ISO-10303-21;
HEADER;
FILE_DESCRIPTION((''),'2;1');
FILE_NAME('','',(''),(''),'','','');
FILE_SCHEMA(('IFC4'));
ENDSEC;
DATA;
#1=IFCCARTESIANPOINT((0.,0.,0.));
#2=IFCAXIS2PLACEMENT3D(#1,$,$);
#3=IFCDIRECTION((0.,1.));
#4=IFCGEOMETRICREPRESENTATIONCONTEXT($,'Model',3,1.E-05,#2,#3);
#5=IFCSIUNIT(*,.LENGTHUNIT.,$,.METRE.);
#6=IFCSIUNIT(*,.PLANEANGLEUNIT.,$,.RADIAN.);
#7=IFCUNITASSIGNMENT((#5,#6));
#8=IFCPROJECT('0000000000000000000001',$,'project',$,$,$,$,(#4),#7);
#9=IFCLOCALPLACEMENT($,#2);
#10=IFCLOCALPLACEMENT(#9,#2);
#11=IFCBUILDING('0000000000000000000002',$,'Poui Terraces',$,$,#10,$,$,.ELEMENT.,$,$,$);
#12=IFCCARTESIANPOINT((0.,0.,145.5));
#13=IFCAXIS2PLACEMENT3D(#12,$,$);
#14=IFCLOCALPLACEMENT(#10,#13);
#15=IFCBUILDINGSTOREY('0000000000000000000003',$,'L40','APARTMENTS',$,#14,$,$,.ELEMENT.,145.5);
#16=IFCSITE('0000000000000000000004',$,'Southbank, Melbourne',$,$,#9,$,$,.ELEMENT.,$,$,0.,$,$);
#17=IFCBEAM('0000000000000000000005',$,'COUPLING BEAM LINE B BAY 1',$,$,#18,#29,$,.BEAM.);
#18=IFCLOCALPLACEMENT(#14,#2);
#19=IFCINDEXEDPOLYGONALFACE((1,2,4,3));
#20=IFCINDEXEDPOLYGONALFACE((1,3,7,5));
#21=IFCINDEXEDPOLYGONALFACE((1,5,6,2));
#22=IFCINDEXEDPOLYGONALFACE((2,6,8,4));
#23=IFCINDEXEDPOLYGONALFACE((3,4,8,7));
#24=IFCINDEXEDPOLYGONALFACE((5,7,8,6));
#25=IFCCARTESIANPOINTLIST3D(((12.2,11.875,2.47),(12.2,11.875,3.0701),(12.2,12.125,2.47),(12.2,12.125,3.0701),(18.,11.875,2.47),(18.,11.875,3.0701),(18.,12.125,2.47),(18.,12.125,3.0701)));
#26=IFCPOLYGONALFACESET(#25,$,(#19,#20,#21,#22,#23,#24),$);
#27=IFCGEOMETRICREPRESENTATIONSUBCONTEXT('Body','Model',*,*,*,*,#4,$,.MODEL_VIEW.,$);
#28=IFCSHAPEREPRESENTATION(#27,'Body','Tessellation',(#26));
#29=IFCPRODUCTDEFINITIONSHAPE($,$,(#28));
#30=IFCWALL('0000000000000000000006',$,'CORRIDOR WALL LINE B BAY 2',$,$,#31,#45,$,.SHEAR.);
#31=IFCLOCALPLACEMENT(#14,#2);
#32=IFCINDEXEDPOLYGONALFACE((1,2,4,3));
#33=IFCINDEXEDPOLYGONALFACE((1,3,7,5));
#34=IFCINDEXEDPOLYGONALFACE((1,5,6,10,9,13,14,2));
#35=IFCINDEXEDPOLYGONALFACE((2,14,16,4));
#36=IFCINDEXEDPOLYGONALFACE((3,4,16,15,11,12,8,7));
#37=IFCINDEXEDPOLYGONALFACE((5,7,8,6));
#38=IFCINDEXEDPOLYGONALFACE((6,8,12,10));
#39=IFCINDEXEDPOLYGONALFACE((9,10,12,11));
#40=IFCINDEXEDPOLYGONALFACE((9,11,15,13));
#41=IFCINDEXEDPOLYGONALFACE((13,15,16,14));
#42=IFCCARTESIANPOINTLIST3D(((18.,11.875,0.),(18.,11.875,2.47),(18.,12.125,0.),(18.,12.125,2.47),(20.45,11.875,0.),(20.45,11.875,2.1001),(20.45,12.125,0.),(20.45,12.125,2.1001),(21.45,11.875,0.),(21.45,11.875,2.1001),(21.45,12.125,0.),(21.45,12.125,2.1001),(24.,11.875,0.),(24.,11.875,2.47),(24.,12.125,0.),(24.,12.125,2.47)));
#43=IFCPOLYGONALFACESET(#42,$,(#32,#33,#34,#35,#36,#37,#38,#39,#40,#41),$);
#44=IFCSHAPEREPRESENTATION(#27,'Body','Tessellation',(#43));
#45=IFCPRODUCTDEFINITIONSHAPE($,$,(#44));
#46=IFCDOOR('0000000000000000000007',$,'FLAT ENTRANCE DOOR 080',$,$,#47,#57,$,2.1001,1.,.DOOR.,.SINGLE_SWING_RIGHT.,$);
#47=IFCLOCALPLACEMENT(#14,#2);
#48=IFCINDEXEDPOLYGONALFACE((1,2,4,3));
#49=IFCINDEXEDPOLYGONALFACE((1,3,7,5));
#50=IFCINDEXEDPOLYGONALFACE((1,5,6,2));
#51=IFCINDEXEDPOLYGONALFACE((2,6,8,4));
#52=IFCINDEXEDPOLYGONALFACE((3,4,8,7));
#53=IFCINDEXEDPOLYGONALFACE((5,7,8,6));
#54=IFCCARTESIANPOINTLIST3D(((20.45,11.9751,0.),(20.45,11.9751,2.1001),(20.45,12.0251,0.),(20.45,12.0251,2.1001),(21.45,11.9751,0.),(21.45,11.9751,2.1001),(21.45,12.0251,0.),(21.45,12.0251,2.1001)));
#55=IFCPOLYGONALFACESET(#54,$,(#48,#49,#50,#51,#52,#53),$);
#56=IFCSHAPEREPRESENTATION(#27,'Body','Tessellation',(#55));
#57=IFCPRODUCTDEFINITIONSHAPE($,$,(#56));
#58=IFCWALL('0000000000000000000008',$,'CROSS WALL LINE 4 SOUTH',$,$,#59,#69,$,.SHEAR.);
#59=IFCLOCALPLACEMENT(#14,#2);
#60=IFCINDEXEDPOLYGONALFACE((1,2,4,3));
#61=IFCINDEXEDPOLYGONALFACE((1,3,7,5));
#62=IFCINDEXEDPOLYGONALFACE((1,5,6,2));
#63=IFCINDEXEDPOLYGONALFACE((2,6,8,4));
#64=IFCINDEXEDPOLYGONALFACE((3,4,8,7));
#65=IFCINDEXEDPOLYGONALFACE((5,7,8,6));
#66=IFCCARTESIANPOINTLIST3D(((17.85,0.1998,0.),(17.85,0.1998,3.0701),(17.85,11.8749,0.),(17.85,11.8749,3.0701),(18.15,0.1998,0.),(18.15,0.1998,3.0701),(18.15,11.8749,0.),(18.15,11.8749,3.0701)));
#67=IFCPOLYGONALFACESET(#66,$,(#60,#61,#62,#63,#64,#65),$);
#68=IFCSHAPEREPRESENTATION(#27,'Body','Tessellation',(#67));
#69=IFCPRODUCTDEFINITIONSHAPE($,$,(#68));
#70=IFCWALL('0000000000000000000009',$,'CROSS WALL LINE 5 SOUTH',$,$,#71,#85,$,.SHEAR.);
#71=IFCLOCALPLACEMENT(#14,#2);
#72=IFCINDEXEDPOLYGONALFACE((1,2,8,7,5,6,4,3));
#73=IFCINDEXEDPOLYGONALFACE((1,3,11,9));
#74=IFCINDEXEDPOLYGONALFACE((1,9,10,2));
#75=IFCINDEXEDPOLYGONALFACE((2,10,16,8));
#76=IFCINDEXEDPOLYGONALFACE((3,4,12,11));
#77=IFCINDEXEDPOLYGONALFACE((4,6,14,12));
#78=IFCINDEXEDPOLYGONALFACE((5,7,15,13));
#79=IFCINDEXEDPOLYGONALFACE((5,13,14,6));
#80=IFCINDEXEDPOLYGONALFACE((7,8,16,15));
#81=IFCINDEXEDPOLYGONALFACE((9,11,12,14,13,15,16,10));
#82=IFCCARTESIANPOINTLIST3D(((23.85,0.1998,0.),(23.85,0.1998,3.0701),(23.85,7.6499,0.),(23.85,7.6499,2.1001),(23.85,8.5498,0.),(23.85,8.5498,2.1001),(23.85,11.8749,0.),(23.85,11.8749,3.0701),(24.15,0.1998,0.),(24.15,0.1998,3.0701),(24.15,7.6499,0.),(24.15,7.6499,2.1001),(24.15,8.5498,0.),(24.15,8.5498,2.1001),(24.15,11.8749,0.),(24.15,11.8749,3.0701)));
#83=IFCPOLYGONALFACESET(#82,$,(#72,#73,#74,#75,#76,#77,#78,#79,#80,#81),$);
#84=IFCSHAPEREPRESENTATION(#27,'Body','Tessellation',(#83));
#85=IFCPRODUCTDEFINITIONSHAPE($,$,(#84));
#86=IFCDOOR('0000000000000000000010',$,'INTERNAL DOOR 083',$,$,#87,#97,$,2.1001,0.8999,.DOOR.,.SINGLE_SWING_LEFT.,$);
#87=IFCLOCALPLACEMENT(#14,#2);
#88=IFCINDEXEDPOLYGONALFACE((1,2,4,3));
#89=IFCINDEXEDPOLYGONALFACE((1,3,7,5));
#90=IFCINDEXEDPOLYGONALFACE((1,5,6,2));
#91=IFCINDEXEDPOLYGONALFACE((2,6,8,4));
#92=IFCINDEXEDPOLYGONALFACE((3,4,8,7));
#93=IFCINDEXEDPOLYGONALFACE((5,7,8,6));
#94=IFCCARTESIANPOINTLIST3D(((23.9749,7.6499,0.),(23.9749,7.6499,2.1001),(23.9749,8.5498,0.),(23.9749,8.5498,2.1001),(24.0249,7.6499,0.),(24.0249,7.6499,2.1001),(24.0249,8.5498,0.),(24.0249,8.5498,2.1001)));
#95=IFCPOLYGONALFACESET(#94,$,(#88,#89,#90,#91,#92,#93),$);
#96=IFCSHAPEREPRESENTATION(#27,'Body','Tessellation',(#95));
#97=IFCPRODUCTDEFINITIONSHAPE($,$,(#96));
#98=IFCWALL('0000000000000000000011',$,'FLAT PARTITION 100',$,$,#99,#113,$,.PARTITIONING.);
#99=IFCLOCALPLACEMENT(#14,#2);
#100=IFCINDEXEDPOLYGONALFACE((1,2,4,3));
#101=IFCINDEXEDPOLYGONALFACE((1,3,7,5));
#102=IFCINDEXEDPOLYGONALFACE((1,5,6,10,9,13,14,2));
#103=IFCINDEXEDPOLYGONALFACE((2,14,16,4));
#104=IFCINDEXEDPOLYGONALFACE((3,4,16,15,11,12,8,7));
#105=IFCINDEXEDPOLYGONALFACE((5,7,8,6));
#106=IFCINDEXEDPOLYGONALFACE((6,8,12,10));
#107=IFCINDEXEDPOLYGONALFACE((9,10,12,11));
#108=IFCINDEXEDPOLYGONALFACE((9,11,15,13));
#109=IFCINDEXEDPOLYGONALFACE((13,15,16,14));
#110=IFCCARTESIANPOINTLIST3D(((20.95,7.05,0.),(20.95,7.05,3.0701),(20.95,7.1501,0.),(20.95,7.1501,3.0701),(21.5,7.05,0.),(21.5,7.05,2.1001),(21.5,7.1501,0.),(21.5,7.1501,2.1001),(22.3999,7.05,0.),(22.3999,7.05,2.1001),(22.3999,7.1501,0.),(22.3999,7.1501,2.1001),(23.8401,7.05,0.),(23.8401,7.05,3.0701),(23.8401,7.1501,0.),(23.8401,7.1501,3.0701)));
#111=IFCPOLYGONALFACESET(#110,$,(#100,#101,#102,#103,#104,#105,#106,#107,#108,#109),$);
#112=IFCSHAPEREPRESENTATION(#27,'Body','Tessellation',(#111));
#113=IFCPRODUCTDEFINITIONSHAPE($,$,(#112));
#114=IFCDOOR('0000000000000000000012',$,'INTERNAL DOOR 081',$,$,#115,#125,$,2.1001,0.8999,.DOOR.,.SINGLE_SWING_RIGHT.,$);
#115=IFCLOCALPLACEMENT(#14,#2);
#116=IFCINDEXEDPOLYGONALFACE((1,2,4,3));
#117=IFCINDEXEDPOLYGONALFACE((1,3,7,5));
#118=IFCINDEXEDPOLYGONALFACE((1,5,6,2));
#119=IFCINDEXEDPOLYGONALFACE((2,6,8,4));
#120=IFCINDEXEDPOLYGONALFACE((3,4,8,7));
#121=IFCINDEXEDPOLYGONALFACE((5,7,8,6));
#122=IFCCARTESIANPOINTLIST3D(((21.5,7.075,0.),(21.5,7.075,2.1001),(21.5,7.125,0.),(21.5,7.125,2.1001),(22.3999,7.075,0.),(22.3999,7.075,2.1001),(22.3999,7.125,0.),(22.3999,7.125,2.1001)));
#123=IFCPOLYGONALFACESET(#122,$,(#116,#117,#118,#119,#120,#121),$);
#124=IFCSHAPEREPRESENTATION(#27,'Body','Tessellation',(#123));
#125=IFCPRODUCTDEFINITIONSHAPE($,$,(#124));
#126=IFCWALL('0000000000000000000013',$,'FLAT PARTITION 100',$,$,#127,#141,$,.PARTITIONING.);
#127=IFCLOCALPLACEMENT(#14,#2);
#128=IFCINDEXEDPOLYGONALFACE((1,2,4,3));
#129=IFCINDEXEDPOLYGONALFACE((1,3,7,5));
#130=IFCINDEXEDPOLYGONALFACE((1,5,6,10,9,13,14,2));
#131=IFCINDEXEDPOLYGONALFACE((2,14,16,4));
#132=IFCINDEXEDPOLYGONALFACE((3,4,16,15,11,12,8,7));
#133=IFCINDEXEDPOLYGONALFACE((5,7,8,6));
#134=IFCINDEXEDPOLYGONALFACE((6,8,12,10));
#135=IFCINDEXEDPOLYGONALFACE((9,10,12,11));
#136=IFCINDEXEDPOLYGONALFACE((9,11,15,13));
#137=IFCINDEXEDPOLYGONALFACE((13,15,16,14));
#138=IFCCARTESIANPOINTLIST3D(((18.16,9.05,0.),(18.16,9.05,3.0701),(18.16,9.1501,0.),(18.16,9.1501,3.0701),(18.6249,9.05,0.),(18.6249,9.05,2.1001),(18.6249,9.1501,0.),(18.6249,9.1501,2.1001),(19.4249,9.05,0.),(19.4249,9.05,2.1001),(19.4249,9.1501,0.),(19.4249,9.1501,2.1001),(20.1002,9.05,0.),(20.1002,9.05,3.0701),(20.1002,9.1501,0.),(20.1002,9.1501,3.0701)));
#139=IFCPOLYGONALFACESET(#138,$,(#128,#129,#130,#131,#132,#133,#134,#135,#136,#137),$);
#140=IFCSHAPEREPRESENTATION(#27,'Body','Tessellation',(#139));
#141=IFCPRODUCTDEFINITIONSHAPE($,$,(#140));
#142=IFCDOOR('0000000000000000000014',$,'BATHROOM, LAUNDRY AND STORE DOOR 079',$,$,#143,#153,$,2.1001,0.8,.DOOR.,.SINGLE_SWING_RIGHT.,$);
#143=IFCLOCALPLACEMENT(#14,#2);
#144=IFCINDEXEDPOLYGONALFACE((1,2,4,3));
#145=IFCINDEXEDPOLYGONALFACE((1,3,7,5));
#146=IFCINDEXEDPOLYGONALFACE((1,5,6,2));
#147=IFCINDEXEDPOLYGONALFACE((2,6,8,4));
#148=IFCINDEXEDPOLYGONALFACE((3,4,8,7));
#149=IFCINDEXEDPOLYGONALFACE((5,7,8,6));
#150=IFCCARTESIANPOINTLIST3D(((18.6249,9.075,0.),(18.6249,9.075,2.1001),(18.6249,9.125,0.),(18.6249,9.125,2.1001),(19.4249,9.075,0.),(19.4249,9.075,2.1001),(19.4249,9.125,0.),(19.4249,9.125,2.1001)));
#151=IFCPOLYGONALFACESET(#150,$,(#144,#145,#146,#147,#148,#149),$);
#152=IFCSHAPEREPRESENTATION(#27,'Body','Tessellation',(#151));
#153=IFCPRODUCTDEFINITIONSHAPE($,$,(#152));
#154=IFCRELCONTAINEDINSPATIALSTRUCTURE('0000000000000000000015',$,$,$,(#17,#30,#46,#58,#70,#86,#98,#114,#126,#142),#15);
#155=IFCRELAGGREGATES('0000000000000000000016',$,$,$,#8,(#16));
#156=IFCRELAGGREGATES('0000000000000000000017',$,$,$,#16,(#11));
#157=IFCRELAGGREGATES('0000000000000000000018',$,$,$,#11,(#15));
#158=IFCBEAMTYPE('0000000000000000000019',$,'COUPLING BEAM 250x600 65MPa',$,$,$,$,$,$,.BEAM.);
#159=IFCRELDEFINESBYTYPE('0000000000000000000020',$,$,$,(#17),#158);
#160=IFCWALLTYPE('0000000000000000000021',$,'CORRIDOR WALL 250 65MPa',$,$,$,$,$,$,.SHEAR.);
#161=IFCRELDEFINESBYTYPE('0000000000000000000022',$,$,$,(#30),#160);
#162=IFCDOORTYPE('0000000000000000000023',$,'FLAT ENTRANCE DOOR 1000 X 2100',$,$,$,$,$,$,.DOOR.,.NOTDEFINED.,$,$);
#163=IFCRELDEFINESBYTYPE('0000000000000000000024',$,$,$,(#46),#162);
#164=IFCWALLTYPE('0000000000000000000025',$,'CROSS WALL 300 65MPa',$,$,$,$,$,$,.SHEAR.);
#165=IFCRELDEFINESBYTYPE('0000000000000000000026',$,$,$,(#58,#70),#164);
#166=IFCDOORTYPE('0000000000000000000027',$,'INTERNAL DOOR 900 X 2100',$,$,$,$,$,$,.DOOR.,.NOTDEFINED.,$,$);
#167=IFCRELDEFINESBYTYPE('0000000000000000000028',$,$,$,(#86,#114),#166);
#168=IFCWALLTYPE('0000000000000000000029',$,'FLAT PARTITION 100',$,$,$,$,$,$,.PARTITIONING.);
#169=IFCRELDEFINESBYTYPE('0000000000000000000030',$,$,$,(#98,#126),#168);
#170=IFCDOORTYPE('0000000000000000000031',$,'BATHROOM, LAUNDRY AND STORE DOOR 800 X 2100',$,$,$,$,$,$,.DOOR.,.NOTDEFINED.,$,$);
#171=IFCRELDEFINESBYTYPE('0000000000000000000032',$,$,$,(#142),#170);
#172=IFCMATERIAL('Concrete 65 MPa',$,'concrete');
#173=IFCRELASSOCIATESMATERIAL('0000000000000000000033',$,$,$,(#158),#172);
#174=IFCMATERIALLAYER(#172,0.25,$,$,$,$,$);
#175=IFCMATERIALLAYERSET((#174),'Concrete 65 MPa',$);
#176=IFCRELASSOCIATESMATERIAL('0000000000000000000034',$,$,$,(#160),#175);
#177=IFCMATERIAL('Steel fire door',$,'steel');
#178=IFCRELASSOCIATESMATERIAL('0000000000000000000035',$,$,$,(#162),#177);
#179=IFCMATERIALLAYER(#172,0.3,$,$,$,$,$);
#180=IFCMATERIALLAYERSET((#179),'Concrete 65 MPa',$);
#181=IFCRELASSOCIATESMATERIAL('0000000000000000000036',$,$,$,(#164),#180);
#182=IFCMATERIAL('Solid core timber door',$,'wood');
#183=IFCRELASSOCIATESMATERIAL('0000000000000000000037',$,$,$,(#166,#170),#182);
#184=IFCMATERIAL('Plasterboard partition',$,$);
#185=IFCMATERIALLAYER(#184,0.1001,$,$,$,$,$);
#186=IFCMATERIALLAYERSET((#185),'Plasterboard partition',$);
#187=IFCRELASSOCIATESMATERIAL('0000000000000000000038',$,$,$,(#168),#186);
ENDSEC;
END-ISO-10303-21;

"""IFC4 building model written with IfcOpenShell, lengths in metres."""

from ifc_helpers import new_model, si_unit, direction, frame, frame_2d, origin, origin_2d, place, context, subcontext, project, spatial, rectangle, extrude, source, transform, mapped, material, layer, layer_set, material_profile, profile_set, type_object, element, fill, save


model = new_model("IFC4")

# Units and contexts
model_context = context("Model", 3, precision=1e-05, world=origin(), true_north=direction((0.0, 1.0)))
body_context = subcontext(model_context, "Body", "Model", "MODEL_VIEW")
ifc_project = project(units=[si_unit("LENGTHUNIT", "METRE"), si_unit("PLANEANGLEUNIT", "RADIAN")], contexts=[model_context])

# Site, building, storey
site_placement = place(None, origin())
site = spatial("IfcSite", under=ifc_project, at=site_placement, Name="Southbank, Melbourne", CompositionType="ELEMENT", RefElevation=0.0)
building_placement = place(site_placement, origin())
building = spatial("IfcBuilding", under=site, at=building_placement, Name="Poui Terraces", CompositionType="ELEMENT")
storey_placement = place(building_placement, frame((0.0, 0.0, 145.5)))
storey = spatial("IfcBuildingStorey", under=building, at=storey_placement, Name="L40", Description="APARTMENTS", CompositionType="ELEMENT", Elevation=145.5)

# Beam
ifc_material_1 = material(Name="Concrete 65 MPa", Category="concrete")
ifc_material_profile = material_profile(ifc_material_1, rectangle(XDim=0.25, YDim=0.6001, at=origin_2d()), Name="RC 250x600")
ifc_profile_set = profile_set([ifc_material_profile], Name="Concrete 65 MPa")
beam_type = type_object("IfcBeamType", Name="COUPLING BEAM 250x600 65MPa", PredefinedType="BEAM", material=ifc_profile_set)
shared_shape = source(origin(), body_context, "Body", "SweptSolid", [
    extrude(rectangle(XDim=0.25, YDim=0.6001, at=origin_2d()), origin(), (0.0, 0.0, 1.0), 5.8),
])
beam_placement = place(storey_placement, frame((12.2, 12.0, 2.77), z_axis=(1.0, 0.0, 0.0), x_axis=(0.0, 1.0, 0.0)))
element("IfcBeam", 1, at=beam_placement, inside=storey, type_object=beam_type, Name="COUPLING BEAM LINE B BAY 1", PredefinedType="BEAM", context=body_context, shape_type="MappedRepresentation", body=[
    mapped(shared_shape, transform((0.0, 0.0, 0.0))),
])

# Wall, opening, door
ifc_layer_1 = layer(ifc_material_1, 0.25)
ifc_layer_set_1 = layer_set([ifc_layer_1], Name="Concrete 65 MPa")
wall_type_1 = type_object("IfcWallType", Name="CORRIDOR WALL 250 65MPa", PredefinedType="SHEAR", material=ifc_layer_set_1)
wall_1_placement = place(storey_placement, frame((18.0, 12.0, 0.0), z_axis=(0.0, 0.0, 1.0), x_axis=(1.0, 0.0, 0.0)))
wall_1 = element("IfcWall", 2, at=wall_1_placement, inside=storey, type_object=wall_type_1, Name="CORRIDOR WALL LINE B BAY 2", PredefinedType="SHEAR", context=body_context, shape_type="SweptSolid", body=[
    extrude(rectangle(XDim=6.0, YDim=0.25, at=frame_2d((3.0, 0.0))), origin(), (0.0, 0.0, 1.0), 2.47),
])
opening_1_placement = place(wall_1_placement, frame((2.45, 0.0, 0.0)))
opening_1 = element("IfcOpeningElement", 3, at=opening_1_placement, cuts=wall_1, PredefinedType="OPENING", context=body_context, shape_type="SweptSolid", body=[
    extrude(rectangle(XDim=1.0, YDim=2.1001, at=frame_2d((0.5, 1.05))), frame((0.0, 0.135, 0.0), z_axis=(0.0, -1.0, 0.0), x_axis=(1.0, 0.0, 0.0)), (0.0, 0.0, 1.0), 0.27),
])
ifc_material_2 = material(Name="Steel fire door", Category="steel")
door_type_1 = type_object("IfcDoorType", Name="FLAT ENTRANCE DOOR 1000 X 2100", OperationType="NOTDEFINED", PredefinedType="DOOR", material=ifc_material_2)
door_1_placement = place(opening_1_placement, frame((1.0, 0.0, 0.0), z_axis=(0.0, 0.0, 1.0), x_axis=(-1.0, 0.0, 0.0)))
door_1 = element("IfcDoor", 4, at=door_1_placement, inside=storey, type_object=door_type_1, Name="FLAT ENTRANCE DOOR 080", OperationType="SINGLE_SWING_RIGHT", OverallHeight=2.1001, OverallWidth=1.0, PredefinedType="DOOR", context=body_context, shape_type="SweptSolid", body=[
    extrude(rectangle(XDim=1.0, YDim=2.1001, at=frame_2d((0.5, 1.05))), frame((0.0, 0.0249, 0.0), z_axis=(0.0, -1.0, 0.0), x_axis=(1.0, 0.0, 0.0)), (0.0, 0.0, 1.0), 0.05),
])
fill(opening_1, door_1)

# Wall
ifc_layer_2 = layer(ifc_material_1, 0.3)
ifc_layer_set_2 = layer_set([ifc_layer_2], Name="Concrete 65 MPa")
wall_type_2 = type_object("IfcWallType", Name="CROSS WALL 300 65MPa", PredefinedType="SHEAR", material=ifc_layer_set_2)
wall_2_placement = place(storey_placement, frame((18.0, 0.2, 0.0), z_axis=(0.0, 0.0, 1.0), x_axis=(0.0, 1.0, 0.0)))
element("IfcWall", 5, at=wall_2_placement, inside=storey, type_object=wall_type_2, Name="CROSS WALL LINE 4 SOUTH", PredefinedType="SHEAR", context=body_context, shape_type="SweptSolid", body=[
    extrude(rectangle(XDim=11.675, YDim=0.3, at=frame_2d((5.8374, 0.0))), origin(), (0.0, 0.0, 1.0), 3.0701),
])

# Walls, openings, doors
wall_3_placement = place(storey_placement, frame((24.0, 0.2, 0.0), z_axis=(0.0, 0.0, 1.0), x_axis=(0.0, 1.0, 0.0)))
wall_3 = element("IfcWall", 6, at=wall_3_placement, inside=storey, type_object=wall_type_2, Name="CROSS WALL LINE 5 SOUTH", PredefinedType="SHEAR", context=body_context, shape_type="SweptSolid", body=[
    extrude(rectangle(XDim=11.675, YDim=0.3, at=frame_2d((5.8374, 0.0))), origin(), (0.0, 0.0, 1.0), 3.0701),
])
opening_2_placement = place(wall_3_placement, frame((7.45, 0.0, 0.0)))
opening_2 = element("IfcOpeningElement", 7, at=opening_2_placement, cuts=wall_3, PredefinedType="OPENING", context=body_context, shape_type="SweptSolid", body=[
    extrude(rectangle(XDim=0.8999, YDim=2.1001, at=frame_2d((0.45, 1.05))), frame((0.0, 0.1602, 0.0), z_axis=(0.0, -1.0, 0.0), x_axis=(1.0, 0.0, 0.0)), (0.0, 0.0, 1.0), 0.3201),
])
ifc_material_3 = material(Name="Solid core timber door", Category="wood")
door_type_2 = type_object("IfcDoorType", Name="INTERNAL DOOR 900 X 2100", OperationType="NOTDEFINED", PredefinedType="DOOR", material=ifc_material_3)
door_2_placement = place(opening_2_placement, frame((0.8999, 0.0, 0.0), z_axis=(0.0, 0.0, 1.0), x_axis=(-1.0, 0.0, 0.0)))
door_2 = element("IfcDoor", 8, at=door_2_placement, inside=storey, type_object=door_type_2, Name="INTERNAL DOOR 083", OperationType="SINGLE_SWING_LEFT", OverallHeight=2.1001, OverallWidth=0.8999, PredefinedType="DOOR", context=body_context, shape_type="SweptSolid", body=[
    extrude(rectangle(XDim=0.8999, YDim=2.1001, at=frame_2d((0.45, 1.05))), frame((0.0, 0.0249, 0.0), z_axis=(0.0, -1.0, 0.0), x_axis=(1.0, 0.0, 0.0)), (0.0, 0.0, 1.0), 0.05),
])
fill(opening_2, door_2)
ifc_material_4 = material(Name="Plasterboard partition")
ifc_layer_3 = layer(ifc_material_4, 0.1001)
ifc_layer_set_3 = layer_set([ifc_layer_3], Name="Plasterboard partition")
wall_type_3 = type_object("IfcWallType", Name="FLAT PARTITION 100", PredefinedType="PARTITIONING", material=ifc_layer_set_3)
wall_4_placement = place(storey_placement, frame((20.95, 7.1001, 0.0), z_axis=(0.0, 0.0, 1.0), x_axis=(1.0, 0.0, 0.0)))
wall_4 = element("IfcWall", 9, at=wall_4_placement, inside=storey, type_object=wall_type_3, Name="FLAT PARTITION 100", PredefinedType="PARTITIONING", context=body_context, shape_type="SweptSolid", body=[
    extrude(rectangle(XDim=2.8901, YDim=0.1001, at=frame_2d((1.4451, 0.0))), origin(), (0.0, 0.0, 1.0), 3.0701),
])
opening_3_placement = place(wall_4_placement, frame((0.55, 0.0, 0.0)))
opening_3 = element("IfcOpeningElement", 10, at=opening_3_placement, cuts=wall_4, PredefinedType="OPENING", context=body_context, shape_type="SweptSolid", body=[
    extrude(rectangle(XDim=0.8999, YDim=2.1001, at=frame_2d((0.45, 1.05))), frame((0.0, 0.0601, 0.0), z_axis=(0.0, -1.0, 0.0), x_axis=(1.0, 0.0, 0.0)), (0.0, 0.0, 1.0), 0.1201),
])
door_3_placement = place(opening_3_placement, origin())
door_3 = element("IfcDoor", 11, at=door_3_placement, inside=storey, type_object=door_type_2, Name="INTERNAL DOOR 081", OperationType="SINGLE_SWING_RIGHT", OverallHeight=2.1001, OverallWidth=0.8999, PredefinedType="DOOR", context=body_context, shape_type="SweptSolid", body=[
    extrude(rectangle(XDim=0.8999, YDim=2.1001, at=frame_2d((0.45, 1.05))), frame((0.0, 0.0249, 0.0), z_axis=(0.0, -1.0, 0.0), x_axis=(1.0, 0.0, 0.0)), (0.0, 0.0, 1.0), 0.05),
])
fill(opening_3, door_3)
wall_5_placement = place(storey_placement, frame((18.1599, 9.1001, 0.0), z_axis=(0.0, 0.0, 1.0), x_axis=(1.0, 0.0, 0.0)))
wall_5 = element("IfcWall", 12, at=wall_5_placement, inside=storey, type_object=wall_type_3, Name="FLAT PARTITION 100", PredefinedType="PARTITIONING", context=body_context, shape_type="SweptSolid", body=[
    extrude(rectangle(XDim=1.9402, YDim=0.1001, at=frame_2d((0.9702, 0.0))), origin(), (0.0, 0.0, 1.0), 3.0701),
])
opening_4_placement = place(wall_5_placement, frame((0.4651, 0.0, 0.0)))
opening_4 = element("IfcOpeningElement", 13, at=opening_4_placement, cuts=wall_5, PredefinedType="OPENING", context=body_context, shape_type="SweptSolid", body=[
    extrude(rectangle(XDim=0.8, YDim=2.1001, at=frame_2d((0.3999, 1.05))), frame((0.0, 0.0601, 0.0), z_axis=(0.0, -1.0, 0.0), x_axis=(1.0, 0.0, 0.0)), (0.0, 0.0, 1.0), 0.1201),
])
door_type_3 = type_object("IfcDoorType", Name="BATHROOM, LAUNDRY AND STORE DOOR 800 X 2100", OperationType="NOTDEFINED", PredefinedType="DOOR", material=ifc_material_3)
door_4_placement = place(opening_4_placement, origin())
door_4 = element("IfcDoor", 14, at=door_4_placement, inside=storey, type_object=door_type_3, Name="BATHROOM, LAUNDRY AND STORE DOOR 079", OperationType="SINGLE_SWING_RIGHT", OverallHeight=2.1001, OverallWidth=0.8, PredefinedType="DOOR", context=body_context, shape_type="SweptSolid", body=[
    extrude(rectangle(XDim=0.8, YDim=2.1001, at=frame_2d((0.3999, 1.05))), frame((0.0, 0.0249, 0.0), z_axis=(0.0, -1.0, 0.0), x_axis=(1.0, 0.0, 0.0)), (0.0, 0.0, 1.0), 0.05),
])
fill(opening_4, door_4)

save(model, "model.ifc")
